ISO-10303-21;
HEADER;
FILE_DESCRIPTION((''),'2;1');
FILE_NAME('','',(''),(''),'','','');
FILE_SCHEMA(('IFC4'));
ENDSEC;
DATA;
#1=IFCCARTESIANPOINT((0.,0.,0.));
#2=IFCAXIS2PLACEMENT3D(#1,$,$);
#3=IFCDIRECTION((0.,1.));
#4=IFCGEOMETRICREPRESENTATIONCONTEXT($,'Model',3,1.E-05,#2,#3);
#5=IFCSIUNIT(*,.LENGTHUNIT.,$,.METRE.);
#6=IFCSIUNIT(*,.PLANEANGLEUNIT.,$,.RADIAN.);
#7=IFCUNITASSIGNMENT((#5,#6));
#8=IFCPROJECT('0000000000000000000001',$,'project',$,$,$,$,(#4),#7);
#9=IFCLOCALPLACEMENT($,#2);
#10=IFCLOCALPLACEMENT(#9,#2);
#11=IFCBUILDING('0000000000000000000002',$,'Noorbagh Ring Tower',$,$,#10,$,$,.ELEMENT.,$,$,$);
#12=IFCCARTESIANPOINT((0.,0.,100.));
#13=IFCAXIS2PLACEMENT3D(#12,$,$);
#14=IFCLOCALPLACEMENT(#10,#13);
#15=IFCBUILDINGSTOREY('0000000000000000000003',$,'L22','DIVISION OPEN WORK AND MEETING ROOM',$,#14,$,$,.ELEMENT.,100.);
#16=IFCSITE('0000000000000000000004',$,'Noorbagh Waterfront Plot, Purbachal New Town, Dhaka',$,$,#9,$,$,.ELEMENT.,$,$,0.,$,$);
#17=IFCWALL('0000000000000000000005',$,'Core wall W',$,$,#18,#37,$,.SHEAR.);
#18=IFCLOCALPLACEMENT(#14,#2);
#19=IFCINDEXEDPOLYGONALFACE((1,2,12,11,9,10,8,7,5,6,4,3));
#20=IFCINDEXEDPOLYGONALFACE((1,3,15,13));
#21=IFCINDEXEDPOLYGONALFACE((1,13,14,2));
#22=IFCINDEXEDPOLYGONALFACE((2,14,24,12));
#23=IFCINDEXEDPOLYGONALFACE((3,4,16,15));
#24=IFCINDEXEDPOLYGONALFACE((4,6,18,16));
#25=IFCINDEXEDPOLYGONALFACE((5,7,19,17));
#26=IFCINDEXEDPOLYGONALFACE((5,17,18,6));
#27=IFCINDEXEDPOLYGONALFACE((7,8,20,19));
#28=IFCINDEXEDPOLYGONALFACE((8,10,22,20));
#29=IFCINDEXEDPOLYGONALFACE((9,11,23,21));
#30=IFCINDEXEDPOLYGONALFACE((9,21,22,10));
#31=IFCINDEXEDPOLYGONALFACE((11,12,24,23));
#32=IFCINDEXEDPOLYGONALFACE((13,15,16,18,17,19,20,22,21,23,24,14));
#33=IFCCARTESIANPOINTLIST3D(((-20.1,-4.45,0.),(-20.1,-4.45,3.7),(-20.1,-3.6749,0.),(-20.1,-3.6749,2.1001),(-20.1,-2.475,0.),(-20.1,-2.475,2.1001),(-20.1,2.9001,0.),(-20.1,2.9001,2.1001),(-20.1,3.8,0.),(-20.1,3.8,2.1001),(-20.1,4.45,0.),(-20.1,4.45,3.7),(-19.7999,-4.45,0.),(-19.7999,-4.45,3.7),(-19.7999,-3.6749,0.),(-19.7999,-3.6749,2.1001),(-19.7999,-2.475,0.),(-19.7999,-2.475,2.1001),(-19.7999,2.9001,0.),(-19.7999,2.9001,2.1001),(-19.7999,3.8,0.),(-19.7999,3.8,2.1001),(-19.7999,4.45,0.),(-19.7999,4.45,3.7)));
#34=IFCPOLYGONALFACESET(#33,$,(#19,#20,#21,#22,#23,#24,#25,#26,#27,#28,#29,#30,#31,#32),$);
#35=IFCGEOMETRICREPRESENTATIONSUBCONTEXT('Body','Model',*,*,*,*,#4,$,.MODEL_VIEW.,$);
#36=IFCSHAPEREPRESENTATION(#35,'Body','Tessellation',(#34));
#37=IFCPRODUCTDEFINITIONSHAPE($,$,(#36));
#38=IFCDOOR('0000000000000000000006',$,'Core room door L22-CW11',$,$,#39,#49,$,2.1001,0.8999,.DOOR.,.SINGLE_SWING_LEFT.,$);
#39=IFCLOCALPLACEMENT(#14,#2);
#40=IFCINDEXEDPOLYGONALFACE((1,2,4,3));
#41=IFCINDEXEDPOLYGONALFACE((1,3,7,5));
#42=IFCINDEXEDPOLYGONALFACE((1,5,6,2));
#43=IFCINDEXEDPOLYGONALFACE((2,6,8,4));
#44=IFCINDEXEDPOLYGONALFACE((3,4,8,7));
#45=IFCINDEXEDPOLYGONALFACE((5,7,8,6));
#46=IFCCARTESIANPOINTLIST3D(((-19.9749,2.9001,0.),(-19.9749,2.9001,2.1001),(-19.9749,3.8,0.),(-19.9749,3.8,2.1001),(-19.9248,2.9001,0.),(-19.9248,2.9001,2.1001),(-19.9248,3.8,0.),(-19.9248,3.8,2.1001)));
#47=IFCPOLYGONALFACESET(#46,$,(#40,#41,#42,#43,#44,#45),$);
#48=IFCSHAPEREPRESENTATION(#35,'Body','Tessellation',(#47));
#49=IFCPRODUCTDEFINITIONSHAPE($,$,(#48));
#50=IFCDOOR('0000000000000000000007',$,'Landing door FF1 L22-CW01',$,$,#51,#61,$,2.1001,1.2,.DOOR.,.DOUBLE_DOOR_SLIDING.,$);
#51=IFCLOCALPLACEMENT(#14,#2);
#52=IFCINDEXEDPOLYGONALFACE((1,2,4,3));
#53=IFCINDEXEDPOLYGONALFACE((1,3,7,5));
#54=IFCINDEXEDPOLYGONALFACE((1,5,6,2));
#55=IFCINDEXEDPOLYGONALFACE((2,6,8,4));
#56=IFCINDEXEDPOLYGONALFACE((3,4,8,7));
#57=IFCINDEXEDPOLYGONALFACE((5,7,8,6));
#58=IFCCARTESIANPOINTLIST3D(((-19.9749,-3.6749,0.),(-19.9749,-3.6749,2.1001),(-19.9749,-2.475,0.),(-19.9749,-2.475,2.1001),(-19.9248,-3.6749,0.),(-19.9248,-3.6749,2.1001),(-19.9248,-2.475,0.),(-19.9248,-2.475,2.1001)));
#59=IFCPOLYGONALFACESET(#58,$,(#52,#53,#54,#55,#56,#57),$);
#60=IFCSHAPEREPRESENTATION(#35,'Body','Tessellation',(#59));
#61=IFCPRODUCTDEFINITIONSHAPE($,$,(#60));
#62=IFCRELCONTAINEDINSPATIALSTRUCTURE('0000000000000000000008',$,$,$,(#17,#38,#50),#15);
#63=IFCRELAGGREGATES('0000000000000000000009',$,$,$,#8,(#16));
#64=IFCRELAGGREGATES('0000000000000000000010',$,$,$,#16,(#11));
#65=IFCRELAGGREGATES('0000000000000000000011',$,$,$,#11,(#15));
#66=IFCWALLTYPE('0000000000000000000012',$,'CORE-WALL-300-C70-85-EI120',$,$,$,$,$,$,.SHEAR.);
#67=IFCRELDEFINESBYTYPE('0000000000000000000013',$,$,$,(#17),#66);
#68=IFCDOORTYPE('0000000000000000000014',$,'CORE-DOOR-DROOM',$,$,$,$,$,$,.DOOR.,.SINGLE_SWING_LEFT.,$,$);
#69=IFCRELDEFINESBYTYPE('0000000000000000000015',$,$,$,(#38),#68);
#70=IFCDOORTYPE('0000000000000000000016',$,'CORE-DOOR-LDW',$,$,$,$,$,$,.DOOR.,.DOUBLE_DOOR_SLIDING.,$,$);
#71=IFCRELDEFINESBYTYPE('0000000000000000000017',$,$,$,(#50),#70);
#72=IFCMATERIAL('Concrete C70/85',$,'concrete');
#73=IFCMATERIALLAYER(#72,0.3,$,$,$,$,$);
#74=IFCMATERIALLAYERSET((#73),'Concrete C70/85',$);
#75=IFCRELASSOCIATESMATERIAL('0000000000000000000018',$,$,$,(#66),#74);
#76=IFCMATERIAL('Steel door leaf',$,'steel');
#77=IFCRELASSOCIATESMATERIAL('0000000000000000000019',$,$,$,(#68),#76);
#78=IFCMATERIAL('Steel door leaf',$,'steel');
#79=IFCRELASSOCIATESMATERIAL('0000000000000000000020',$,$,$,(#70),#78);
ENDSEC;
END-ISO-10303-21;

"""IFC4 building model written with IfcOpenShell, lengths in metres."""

from ifc_helpers import new_model, si_unit, direction, frame, frame_2d, origin, place, context, subcontext, project, spatial, rectangle, extrude, material, layer, layer_set, type_object, element, fill, save


model = new_model("IFC4")

# Units and contexts
model_context = context("Model", 3, precision=1e-05, world=origin(), true_north=direction((0.0, 1.0)))
body_context = subcontext(model_context, "Body", "Model", "MODEL_VIEW")
ifc_project = project(units=[si_unit("LENGTHUNIT", "METRE"), si_unit("PLANEANGLEUNIT", "RADIAN")], contexts=[model_context])

# Site, building, storey
site_placement = place(None, origin())
site = spatial("IfcSite", under=ifc_project, at=site_placement, Name="Noorbagh Waterfront Plot, Purbachal New Town, Dhaka", CompositionType="ELEMENT", RefElevation=0.0)
building_placement = place(site_placement, origin())
building = spatial("IfcBuilding", under=site, at=building_placement, Name="Noorbagh Ring Tower", CompositionType="ELEMENT")
storey_placement = place(building_placement, frame((0.0, 0.0, 100.0)))
storey = spatial("IfcBuildingStorey", under=building, at=storey_placement, Name="L22", Description="DIVISION OPEN WORK AND MEETING ROOM", CompositionType="ELEMENT", Elevation=100.0)

# Shared definitions
ifc_material_1 = material(Name="Concrete C70/85", Category="concrete")
ifc_layer_1 = layer(ifc_material_1, 0.3)
ifc_layer_set_1 = layer_set([ifc_layer_1], Name="Concrete C70/85")
wall_type_1 = type_object("IfcWallType", Name="CORE-WALL-300-C70-85-EI120", PredefinedType="SHEAR", material=ifc_layer_set_1)

# Wall, openings, doors
wall_1_placement = place(storey_placement, frame((-19.95, -4.45, 0.0), z_axis=(0.0, 0.0, 1.0), x_axis=(0.0, 1.0, 0.0)))
wall_1 = element("IfcWall", 1, at=wall_1_placement, inside=storey, type_object=wall_type_1, Name="Core wall W", PredefinedType="SHEAR", context=body_context, shape_type="SweptSolid", body=[
    extrude(rectangle(XDim=8.8999, YDim=0.3, at=frame_2d((4.45, 0.0))), origin(), (0.0, 0.0, 1.0), 3.7),
])
opening_1_placement = place(wall_1_placement, frame((0.7749, 0.0, 0.0)))
opening_1 = element("IfcOpeningElement", 2, at=opening_1_placement, cuts=wall_1, PredefinedType="OPENING", context=body_context, shape_type="SweptSolid", body=[
    extrude(rectangle(XDim=1.2, YDim=2.1001, at=frame_2d((0.6001, 1.05))), frame((0.0, 0.1602, 0.0), z_axis=(0.0, -1.0, 0.0), x_axis=(1.0, 0.0, 0.0)), (0.0, 0.0, 1.0), 0.3201),
])
opening_2_placement = place(wall_1_placement, frame((7.3501, 0.0, 0.0)))
opening_2 = element("IfcOpeningElement", 3, at=opening_2_placement, cuts=wall_1, PredefinedType="OPENING", context=body_context, shape_type="SweptSolid", body=[
    extrude(rectangle(XDim=0.8999, YDim=2.1001, at=frame_2d((0.45, 1.05))), frame((0.0, 0.1602, 0.0), z_axis=(0.0, -1.0, 0.0), x_axis=(1.0, 0.0, 0.0)), (0.0, 0.0, 1.0), 0.3201),
])
ifc_material_2 = material(Name="Steel door leaf", Category="steel")
door_type_1 = type_object("IfcDoorType", Name="CORE-DOOR-DROOM", OperationType="SINGLE_SWING_LEFT", PredefinedType="DOOR", material=ifc_material_2)
door_1_placement = place(opening_2_placement, origin())
door_1 = element("IfcDoor", 4, at=door_1_placement, inside=storey, type_object=door_type_1, Name="Core room door L22-CW11", OperationType="SINGLE_SWING_LEFT", OverallHeight=2.1001, OverallWidth=0.8999, PredefinedType="DOOR", context=body_context, shape_type="SweptSolid", body=[
    extrude(rectangle(XDim=0.8999, YDim=2.1001, at=frame_2d((0.45, 1.05))), frame((0.0, 0.0249, 0.0), z_axis=(0.0, -1.0, 0.0), x_axis=(1.0, 0.0, 0.0)), (0.0, 0.0, 1.0), 0.05),
])
fill(opening_2, door_1)
ifc_material_3 = material(Name="Steel door leaf", Category="steel")
door_type_2 = type_object("IfcDoorType", Name="CORE-DOOR-LDW", OperationType="DOUBLE_DOOR_SLIDING", PredefinedType="DOOR", material=ifc_material_3)
door_2_placement = place(opening_1_placement, origin())
door_2 = element("IfcDoor", 5, at=door_2_placement, inside=storey, type_object=door_type_2, Name="Landing door FF1 L22-CW01", OperationType="DOUBLE_DOOR_SLIDING", OverallHeight=2.1001, OverallWidth=1.2, PredefinedType="DOOR", context=body_context, shape_type="SweptSolid", body=[
    extrude(rectangle(XDim=1.2, YDim=2.1001, at=frame_2d((0.6001, 1.05))), frame((0.0, 0.0249, 0.0), z_axis=(0.0, -1.0, 0.0), x_axis=(1.0, 0.0, 0.0)), (0.0, 0.0, 1.0), 0.05),
])
fill(opening_1, door_2)

save(model, "model.ifc")
